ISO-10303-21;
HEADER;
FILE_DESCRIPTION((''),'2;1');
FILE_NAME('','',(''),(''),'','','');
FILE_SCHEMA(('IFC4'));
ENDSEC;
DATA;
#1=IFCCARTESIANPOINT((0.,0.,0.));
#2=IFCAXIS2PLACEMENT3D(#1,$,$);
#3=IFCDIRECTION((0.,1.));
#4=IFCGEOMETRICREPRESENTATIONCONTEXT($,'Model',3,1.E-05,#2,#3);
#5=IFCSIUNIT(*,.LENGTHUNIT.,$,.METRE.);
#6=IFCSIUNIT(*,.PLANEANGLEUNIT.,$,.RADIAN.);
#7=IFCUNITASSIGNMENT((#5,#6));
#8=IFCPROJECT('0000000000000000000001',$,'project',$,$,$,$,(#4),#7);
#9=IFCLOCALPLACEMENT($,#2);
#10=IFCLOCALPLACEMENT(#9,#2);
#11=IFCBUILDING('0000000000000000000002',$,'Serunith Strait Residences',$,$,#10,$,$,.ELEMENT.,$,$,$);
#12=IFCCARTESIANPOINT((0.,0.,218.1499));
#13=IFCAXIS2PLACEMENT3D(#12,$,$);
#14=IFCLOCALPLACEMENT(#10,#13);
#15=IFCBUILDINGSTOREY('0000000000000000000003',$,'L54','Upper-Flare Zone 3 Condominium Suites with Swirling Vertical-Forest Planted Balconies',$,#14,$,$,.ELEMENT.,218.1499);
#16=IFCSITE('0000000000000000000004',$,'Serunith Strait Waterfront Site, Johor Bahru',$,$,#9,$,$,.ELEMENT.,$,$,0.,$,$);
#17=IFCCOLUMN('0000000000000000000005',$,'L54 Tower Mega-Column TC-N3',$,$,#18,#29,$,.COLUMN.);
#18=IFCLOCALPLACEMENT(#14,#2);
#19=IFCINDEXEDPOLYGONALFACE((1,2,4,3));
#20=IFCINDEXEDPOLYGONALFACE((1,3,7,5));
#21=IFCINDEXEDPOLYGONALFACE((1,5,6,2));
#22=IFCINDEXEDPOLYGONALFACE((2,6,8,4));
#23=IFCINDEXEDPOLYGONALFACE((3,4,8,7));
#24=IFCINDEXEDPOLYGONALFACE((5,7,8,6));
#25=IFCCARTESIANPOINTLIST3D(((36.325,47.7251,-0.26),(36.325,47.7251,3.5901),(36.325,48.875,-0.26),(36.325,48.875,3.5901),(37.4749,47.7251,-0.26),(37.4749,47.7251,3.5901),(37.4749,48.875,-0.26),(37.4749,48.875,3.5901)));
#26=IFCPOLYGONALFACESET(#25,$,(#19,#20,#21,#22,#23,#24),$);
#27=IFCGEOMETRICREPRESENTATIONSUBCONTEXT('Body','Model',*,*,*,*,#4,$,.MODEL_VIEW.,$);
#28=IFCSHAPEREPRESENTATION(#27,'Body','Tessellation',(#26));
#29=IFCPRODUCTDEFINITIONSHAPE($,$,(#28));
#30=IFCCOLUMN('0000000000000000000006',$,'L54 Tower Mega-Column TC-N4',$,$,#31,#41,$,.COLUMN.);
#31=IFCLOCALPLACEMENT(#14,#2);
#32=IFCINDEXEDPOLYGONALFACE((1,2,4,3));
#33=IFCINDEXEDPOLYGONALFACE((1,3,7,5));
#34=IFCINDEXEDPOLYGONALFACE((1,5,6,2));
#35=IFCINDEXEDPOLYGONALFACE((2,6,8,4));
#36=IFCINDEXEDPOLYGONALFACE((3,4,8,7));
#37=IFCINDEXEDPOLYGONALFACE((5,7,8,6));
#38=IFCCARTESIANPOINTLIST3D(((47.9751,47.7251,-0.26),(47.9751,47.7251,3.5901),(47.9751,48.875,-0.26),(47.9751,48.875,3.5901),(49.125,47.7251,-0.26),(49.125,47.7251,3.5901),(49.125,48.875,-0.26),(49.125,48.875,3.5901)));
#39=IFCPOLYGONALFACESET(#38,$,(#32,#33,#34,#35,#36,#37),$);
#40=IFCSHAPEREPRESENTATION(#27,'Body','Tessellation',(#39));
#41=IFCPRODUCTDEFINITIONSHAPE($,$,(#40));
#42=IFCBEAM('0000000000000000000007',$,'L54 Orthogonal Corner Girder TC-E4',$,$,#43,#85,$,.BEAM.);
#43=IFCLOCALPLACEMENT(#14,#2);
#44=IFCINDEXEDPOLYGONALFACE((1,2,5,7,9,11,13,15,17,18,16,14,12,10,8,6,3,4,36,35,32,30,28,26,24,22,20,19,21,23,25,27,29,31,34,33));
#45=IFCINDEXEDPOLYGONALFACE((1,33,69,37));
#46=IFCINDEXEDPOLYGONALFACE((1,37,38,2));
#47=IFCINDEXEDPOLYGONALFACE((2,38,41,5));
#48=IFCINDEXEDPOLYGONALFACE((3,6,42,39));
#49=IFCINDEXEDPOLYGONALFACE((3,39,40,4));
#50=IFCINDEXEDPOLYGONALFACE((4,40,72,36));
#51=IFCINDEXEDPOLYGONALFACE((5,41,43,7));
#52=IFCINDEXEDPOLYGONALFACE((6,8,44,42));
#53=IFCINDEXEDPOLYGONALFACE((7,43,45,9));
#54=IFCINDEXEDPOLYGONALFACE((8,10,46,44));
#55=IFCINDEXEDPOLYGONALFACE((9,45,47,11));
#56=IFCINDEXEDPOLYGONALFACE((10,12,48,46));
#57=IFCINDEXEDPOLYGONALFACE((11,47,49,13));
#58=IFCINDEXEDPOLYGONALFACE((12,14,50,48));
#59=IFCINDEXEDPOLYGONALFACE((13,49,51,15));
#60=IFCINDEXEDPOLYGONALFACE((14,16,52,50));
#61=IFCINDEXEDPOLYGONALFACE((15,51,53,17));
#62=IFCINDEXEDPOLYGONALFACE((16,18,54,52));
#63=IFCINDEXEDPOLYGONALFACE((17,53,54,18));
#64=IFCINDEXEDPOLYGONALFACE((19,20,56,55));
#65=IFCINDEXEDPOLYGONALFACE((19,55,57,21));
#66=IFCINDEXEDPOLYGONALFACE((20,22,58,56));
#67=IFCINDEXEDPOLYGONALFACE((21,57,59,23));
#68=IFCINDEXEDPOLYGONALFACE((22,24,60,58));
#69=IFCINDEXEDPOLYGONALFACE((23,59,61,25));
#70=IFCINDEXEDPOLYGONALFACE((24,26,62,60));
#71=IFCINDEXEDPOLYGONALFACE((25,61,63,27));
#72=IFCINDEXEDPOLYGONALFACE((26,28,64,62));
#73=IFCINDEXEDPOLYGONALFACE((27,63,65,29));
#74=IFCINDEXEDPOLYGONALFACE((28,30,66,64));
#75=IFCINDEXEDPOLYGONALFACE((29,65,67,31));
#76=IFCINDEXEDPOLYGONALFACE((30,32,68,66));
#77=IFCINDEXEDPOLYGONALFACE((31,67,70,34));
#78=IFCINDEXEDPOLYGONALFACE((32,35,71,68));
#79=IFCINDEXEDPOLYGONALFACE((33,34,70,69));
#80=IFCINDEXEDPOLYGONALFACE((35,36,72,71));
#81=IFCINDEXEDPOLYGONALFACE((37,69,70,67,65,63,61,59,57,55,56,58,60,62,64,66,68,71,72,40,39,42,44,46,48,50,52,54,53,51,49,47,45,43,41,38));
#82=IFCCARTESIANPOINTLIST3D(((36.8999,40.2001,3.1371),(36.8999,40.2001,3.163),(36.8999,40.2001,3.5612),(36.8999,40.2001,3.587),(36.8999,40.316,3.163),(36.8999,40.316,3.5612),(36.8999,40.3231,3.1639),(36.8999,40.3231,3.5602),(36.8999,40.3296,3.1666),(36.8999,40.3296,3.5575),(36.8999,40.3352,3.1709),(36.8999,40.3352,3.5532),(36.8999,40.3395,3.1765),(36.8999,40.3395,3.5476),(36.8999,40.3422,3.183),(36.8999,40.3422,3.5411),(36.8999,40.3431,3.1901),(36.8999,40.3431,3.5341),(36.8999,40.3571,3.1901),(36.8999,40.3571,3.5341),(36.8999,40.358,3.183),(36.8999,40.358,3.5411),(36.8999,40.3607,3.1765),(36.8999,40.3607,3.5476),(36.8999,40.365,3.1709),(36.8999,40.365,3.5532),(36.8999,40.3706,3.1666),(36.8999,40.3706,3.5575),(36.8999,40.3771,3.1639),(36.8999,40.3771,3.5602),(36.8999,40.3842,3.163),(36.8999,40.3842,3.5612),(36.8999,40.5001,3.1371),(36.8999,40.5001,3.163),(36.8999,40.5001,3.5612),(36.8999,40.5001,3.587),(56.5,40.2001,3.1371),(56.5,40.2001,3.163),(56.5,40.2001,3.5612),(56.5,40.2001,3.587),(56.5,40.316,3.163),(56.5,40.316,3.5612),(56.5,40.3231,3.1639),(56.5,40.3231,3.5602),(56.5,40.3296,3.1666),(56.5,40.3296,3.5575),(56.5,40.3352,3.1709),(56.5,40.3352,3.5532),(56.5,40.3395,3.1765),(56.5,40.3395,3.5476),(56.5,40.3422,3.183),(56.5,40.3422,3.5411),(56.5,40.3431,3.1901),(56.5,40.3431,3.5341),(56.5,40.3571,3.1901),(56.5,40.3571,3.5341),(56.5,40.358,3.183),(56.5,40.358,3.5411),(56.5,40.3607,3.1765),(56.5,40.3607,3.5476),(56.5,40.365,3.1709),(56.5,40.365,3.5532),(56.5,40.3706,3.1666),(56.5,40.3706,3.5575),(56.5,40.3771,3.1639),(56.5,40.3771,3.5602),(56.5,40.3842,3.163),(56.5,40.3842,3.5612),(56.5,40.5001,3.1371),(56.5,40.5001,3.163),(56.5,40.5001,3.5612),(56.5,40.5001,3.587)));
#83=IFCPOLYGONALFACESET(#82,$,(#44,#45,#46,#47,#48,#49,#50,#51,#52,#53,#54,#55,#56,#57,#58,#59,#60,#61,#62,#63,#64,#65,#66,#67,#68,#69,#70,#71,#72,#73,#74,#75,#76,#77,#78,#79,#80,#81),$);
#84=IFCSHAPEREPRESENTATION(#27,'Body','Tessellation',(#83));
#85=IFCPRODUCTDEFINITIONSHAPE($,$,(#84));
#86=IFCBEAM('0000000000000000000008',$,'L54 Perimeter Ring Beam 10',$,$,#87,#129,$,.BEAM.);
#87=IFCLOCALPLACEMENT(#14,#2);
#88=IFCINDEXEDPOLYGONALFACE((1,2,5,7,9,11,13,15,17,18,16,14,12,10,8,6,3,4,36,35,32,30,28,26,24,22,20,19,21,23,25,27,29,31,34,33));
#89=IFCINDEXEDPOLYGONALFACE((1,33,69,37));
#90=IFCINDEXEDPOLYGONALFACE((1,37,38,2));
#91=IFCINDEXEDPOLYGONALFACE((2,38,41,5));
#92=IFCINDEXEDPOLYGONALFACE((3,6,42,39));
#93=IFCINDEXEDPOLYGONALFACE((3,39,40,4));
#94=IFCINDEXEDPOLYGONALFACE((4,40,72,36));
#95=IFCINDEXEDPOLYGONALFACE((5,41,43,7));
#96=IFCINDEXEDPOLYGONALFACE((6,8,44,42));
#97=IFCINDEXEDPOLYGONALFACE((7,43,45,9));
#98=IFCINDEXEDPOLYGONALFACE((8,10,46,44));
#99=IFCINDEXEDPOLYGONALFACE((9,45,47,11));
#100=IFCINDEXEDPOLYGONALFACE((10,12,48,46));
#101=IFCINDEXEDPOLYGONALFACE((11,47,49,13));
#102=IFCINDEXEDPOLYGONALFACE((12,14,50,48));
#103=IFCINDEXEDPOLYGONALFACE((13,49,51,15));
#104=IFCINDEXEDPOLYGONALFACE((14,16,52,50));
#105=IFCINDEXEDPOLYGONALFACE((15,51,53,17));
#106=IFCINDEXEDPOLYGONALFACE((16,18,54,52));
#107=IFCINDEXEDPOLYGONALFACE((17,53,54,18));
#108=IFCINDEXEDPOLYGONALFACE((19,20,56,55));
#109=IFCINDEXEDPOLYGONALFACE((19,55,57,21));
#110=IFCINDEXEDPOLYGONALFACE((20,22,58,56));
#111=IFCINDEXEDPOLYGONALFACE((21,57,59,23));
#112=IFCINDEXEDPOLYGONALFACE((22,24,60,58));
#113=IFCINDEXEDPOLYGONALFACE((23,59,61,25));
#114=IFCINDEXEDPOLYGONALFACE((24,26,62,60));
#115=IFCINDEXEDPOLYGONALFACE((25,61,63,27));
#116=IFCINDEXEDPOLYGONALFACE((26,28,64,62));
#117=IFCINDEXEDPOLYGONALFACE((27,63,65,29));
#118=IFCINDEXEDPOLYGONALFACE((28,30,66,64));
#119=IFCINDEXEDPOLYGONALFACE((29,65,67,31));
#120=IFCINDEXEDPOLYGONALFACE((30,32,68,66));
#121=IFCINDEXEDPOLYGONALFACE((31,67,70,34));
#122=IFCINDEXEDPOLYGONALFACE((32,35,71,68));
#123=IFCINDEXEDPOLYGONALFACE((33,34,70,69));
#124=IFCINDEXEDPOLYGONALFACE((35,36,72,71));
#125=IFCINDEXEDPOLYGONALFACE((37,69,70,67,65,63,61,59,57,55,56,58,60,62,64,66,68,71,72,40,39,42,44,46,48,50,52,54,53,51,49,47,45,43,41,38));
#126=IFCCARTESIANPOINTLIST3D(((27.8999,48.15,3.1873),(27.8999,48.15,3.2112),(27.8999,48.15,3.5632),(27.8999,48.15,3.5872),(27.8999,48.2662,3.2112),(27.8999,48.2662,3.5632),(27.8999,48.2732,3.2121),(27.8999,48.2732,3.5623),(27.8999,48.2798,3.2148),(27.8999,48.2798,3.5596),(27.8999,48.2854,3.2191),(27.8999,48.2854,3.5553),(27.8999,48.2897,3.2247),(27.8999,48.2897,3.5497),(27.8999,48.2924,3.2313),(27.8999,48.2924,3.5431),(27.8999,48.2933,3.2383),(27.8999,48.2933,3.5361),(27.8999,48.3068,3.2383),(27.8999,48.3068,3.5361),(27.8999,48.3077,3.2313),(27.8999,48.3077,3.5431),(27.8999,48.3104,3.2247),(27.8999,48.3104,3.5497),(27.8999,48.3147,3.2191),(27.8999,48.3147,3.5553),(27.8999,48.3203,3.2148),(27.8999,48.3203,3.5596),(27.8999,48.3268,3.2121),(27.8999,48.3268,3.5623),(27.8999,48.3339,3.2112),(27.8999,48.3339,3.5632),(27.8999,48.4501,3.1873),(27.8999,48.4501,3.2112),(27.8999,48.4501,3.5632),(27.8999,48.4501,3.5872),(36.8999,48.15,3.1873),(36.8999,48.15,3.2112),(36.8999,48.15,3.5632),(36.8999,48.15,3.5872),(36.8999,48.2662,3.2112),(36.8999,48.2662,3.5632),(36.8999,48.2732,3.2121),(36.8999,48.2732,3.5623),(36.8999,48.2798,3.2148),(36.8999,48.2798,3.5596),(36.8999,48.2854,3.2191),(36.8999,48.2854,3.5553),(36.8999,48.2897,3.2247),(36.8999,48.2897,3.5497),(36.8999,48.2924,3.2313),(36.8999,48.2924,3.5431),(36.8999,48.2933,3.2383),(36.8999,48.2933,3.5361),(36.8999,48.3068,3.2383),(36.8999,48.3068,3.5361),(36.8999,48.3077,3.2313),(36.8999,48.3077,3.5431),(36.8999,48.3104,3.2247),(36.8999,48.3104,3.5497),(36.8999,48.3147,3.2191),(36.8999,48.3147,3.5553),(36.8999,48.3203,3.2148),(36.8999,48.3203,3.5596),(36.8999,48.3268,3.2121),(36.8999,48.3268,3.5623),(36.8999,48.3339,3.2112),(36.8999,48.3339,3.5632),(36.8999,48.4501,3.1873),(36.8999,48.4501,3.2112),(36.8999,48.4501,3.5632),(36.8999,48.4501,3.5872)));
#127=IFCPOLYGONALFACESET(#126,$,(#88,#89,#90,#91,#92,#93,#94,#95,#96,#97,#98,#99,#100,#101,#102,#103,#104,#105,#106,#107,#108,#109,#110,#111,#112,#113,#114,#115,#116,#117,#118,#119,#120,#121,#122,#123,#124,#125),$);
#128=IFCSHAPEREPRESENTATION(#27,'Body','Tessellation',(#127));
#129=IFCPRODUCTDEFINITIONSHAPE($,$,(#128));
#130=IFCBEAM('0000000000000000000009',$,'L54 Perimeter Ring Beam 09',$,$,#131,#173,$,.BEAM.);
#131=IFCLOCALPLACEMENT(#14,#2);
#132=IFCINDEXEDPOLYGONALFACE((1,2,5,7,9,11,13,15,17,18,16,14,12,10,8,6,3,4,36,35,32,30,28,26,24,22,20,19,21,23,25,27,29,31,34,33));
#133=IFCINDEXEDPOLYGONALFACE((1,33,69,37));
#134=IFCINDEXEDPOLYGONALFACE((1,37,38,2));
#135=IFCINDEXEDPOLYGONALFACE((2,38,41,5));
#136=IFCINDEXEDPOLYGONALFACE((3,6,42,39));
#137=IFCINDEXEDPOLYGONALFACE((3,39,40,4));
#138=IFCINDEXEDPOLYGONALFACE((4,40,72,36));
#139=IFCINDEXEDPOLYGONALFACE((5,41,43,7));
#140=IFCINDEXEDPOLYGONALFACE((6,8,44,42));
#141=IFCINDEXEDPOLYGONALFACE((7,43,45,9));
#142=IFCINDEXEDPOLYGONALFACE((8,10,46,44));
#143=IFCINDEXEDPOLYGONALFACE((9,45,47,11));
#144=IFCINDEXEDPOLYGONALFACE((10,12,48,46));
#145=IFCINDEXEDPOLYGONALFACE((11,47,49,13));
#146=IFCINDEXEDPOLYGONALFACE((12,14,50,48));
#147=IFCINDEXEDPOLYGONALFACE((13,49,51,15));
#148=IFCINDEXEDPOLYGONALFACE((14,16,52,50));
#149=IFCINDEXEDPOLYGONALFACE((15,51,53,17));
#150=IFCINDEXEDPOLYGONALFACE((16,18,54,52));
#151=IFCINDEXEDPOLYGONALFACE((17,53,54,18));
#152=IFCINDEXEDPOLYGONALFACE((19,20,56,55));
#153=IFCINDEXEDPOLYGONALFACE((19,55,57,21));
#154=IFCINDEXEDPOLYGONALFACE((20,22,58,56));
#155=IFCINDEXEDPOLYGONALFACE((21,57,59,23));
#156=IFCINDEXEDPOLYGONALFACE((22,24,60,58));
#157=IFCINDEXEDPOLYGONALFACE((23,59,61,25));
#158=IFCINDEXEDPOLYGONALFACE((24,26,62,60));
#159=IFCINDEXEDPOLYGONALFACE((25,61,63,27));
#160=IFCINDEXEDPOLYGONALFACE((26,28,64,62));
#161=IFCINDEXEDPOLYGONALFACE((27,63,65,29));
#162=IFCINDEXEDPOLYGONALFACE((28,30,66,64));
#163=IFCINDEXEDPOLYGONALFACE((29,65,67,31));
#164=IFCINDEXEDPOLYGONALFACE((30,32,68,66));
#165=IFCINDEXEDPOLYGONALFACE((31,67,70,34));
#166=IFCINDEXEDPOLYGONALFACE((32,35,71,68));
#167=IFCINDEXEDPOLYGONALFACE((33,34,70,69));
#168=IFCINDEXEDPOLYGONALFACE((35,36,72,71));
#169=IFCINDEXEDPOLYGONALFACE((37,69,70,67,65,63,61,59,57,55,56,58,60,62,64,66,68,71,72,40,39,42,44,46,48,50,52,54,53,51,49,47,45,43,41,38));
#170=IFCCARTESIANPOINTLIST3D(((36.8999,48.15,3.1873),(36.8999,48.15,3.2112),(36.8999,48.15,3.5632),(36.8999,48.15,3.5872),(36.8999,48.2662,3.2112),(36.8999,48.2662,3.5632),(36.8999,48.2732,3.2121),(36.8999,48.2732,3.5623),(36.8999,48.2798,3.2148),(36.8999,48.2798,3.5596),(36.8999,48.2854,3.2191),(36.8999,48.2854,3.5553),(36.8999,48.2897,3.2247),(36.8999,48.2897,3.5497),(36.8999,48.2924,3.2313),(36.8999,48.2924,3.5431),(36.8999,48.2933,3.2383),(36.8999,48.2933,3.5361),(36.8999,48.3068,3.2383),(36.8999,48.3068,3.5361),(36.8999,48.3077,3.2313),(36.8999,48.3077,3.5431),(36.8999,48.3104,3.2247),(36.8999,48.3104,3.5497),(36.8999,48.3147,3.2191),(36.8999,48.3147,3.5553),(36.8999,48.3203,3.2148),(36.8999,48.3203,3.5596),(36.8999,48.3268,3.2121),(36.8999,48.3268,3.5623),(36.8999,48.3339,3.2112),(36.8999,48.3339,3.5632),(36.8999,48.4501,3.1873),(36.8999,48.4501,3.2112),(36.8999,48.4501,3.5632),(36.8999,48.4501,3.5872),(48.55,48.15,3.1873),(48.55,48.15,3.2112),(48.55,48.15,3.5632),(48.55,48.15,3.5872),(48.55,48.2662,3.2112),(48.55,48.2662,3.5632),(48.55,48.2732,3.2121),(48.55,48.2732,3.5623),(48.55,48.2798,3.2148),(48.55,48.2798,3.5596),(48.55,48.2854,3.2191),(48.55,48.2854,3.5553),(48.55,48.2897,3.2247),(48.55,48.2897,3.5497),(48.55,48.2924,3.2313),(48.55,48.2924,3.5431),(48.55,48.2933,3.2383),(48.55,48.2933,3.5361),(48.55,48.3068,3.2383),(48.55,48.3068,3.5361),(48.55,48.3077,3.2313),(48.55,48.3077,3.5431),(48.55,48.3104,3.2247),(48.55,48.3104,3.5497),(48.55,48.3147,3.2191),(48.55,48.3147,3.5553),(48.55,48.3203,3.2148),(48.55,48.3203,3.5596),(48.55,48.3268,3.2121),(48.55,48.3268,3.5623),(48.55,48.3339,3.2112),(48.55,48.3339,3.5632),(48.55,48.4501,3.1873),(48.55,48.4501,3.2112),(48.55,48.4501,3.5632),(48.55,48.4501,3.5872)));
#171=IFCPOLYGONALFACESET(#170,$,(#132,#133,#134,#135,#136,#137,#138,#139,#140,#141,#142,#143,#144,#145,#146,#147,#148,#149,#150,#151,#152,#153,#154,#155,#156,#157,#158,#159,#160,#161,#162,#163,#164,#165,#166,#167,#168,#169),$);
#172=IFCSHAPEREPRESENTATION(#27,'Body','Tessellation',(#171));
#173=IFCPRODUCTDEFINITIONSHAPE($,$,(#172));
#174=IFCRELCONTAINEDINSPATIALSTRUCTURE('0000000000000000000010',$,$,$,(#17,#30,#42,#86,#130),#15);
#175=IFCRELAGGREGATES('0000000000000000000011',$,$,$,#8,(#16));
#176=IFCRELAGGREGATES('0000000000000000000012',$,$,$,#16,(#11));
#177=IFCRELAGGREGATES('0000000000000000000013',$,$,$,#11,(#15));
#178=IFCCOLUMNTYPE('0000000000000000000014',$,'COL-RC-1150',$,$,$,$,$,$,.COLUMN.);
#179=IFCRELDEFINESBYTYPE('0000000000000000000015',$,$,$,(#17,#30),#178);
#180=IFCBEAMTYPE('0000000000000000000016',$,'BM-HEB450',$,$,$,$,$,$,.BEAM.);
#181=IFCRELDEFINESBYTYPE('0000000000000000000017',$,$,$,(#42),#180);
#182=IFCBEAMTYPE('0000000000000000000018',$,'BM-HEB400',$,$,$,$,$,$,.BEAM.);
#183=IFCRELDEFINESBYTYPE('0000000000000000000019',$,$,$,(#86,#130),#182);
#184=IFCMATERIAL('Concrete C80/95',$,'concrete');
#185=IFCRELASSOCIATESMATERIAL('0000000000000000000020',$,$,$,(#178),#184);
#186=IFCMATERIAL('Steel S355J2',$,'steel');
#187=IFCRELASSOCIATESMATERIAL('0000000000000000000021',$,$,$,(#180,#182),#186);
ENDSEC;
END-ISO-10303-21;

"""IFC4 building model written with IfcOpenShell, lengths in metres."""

from ifc_helpers import new_model, si_unit, direction, frame, origin, origin_2d, place, context, subcontext, project, spatial, rectangle, i_section, extrude, source, transform, mapped, material, material_profile, profile_set, type_object, element, save


model = new_model("IFC4")

# Units and contexts
model_context = context("Model", 3, precision=1e-05, world=origin(), true_north=direction((0.0, 1.0)))
body_context = subcontext(model_context, "Body", "Model", "MODEL_VIEW")
ifc_project = project(units=[si_unit("LENGTHUNIT", "METRE"), si_unit("PLANEANGLEUNIT", "RADIAN")], contexts=[model_context])

# Site, building, storey
site_placement = place(None, origin())
site = spatial("IfcSite", under=ifc_project, at=site_placement, Name="Serunith Strait Waterfront Site, Johor Bahru", CompositionType="ELEMENT", RefElevation=0.0)
building_placement = place(site_placement, origin())
building = spatial("IfcBuilding", under=site, at=building_placement, Name="Serunith Strait Residences", CompositionType="ELEMENT")
storey_placement = place(building_placement, frame((0.0, 0.0, 218.1499)))
storey = spatial("IfcBuildingStorey", under=building, at=storey_placement, Name="L54", Description="Upper-Flare Zone 3 Condominium Suites with Swirling Vertical-Forest Planted Balconies", CompositionType="ELEMENT", Elevation=218.1499)

# Columns
ifc_material_1 = material(Name="Concrete C80/95", Category="concrete")
ifc_material_profile_1 = material_profile(ifc_material_1, rectangle(XDim=1.1499, YDim=1.1499, at=origin_2d()), Name="RC 1150x1150")
ifc_profile_set_1 = profile_set([ifc_material_profile_1], Name="Concrete C80/95")
column_type = type_object("IfcColumnType", Name="COL-RC-1150", PredefinedType="COLUMN", material=ifc_profile_set_1)
shared_shape_1 = source(origin(), body_context, "Body", "SweptSolid", [
    extrude(rectangle(XDim=1.1499, YDim=1.1499, at=origin_2d()), origin(), (0.0, 0.0, 1.0), 3.8501),
])
for number, where, z_axis, x_axis, name in (
    (1, (36.8999, 48.3, -0.26), (0.0, 0.0, 1.0), (1.0, 0.0, 0.0), "L54 Tower Mega-Column TC-N3"),
    (2, (48.55, 48.3, -0.26), (0.0, 0.0, 1.0), (1.0, 0.0, 0.0), "L54 Tower Mega-Column TC-N4"),
):
    element("IfcColumn", number, at=place(storey_placement, frame(where, z_axis=z_axis, x_axis=x_axis)), inside=storey, type_object=column_type, Name=name, PredefinedType="COLUMN", context=body_context, shape_type="MappedRepresentation", body=[
        mapped(shared_shape_1, transform((0.0, 0.0, 0.0), scale=1.0)),
    ])

# Beams
ifc_material_2 = material(Name="Steel S355J2", Category="steel")
ifc_material_profile_2 = material_profile(ifc_material_2, i_section(OverallWidth=0.3, OverallDepth=0.45, WebThickness=0.0139, FlangeThickness=0.0259, FilletRadius=0.0271, at=origin_2d()), Name="HEB 450")
ifc_profile_set_2 = profile_set([ifc_material_profile_2], Name="Steel S355J2")
beam_type_1 = type_object("IfcBeamType", Name="BM-HEB450", PredefinedType="BEAM", material=ifc_profile_set_2)
shared_shape_2 = source(origin(), body_context, "Body", "SweptSolid", [
    extrude(i_section(OverallWidth=0.3, OverallDepth=0.45, WebThickness=0.0139, FlangeThickness=0.0259, FilletRadius=0.0271, at=origin_2d()), origin(), (0.0, 0.0, 1.0), 19.6001),
])
beam_1_placement = place(storey_placement, frame((36.8999, 40.3501, 3.3621), z_axis=(1.0, 0.0, 0.0), x_axis=(0.0, 1.0, 0.0)))
element("IfcBeam", 3, at=beam_1_placement, inside=storey, type_object=beam_type_1, Name="L54 Orthogonal Corner Girder TC-E4", PredefinedType="BEAM", context=body_context, shape_type="MappedRepresentation", body=[
    mapped(shared_shape_2, transform((0.0, 0.0, 0.0), scale=1.0)),
])
ifc_material_profile_3 = material_profile(ifc_material_2, i_section(OverallWidth=0.3, OverallDepth=0.3999, WebThickness=0.0134, FlangeThickness=0.0239, FilletRadius=0.0271, at=origin_2d()), Name="HEB 400")
ifc_profile_set_3 = profile_set([ifc_material_profile_3], Name="Steel S355J2")
beam_type_2 = type_object("IfcBeamType", Name="BM-HEB400", PredefinedType="BEAM", material=ifc_profile_set_3)
shared_shape_3 = source(origin(), body_context, "Body", "SweptSolid", [
    extrude(i_section(OverallWidth=0.3, OverallDepth=0.3999, WebThickness=0.0134, FlangeThickness=0.0239, FilletRadius=0.0271, at=origin_2d()), origin(), (0.0, 0.0, 1.0), 9.0),
])
beam_2_placement = place(storey_placement, frame((36.8999, 48.3, 3.3872), z_axis=(-1.0, 0.0, 0.0), x_axis=(0.0, -1.0, 0.0)))
element("IfcBeam", 4, at=beam_2_placement, inside=storey, type_object=beam_type_2, Name="L54 Perimeter Ring Beam 10", PredefinedType="BEAM", context=body_context, shape_type="MappedRepresentation", body=[
    mapped(shared_shape_3, transform((0.0, 0.0, 0.0), scale=1.0)),
])
shared_shape_4 = source(origin(), body_context, "Body", "SweptSolid", [
    extrude(i_section(OverallWidth=0.3, OverallDepth=0.3999, WebThickness=0.0134, FlangeThickness=0.0239, FilletRadius=0.0271, at=origin_2d()), origin(), (0.0, 0.0, 1.0), 11.6501),
])
beam_3_placement = place(storey_placement, frame((48.55, 48.3, 3.3872), z_axis=(-1.0, 0.0, 0.0), x_axis=(0.0, -1.0, 0.0)))
element("IfcBeam", 5, at=beam_3_placement, inside=storey, type_object=beam_type_2, Name="L54 Perimeter Ring Beam 09", PredefinedType="BEAM", context=body_context, shape_type="MappedRepresentation", body=[
    mapped(shared_shape_4, transform((0.0, 0.0, 0.0), scale=1.0)),
])

save(model, "model.ifc")
